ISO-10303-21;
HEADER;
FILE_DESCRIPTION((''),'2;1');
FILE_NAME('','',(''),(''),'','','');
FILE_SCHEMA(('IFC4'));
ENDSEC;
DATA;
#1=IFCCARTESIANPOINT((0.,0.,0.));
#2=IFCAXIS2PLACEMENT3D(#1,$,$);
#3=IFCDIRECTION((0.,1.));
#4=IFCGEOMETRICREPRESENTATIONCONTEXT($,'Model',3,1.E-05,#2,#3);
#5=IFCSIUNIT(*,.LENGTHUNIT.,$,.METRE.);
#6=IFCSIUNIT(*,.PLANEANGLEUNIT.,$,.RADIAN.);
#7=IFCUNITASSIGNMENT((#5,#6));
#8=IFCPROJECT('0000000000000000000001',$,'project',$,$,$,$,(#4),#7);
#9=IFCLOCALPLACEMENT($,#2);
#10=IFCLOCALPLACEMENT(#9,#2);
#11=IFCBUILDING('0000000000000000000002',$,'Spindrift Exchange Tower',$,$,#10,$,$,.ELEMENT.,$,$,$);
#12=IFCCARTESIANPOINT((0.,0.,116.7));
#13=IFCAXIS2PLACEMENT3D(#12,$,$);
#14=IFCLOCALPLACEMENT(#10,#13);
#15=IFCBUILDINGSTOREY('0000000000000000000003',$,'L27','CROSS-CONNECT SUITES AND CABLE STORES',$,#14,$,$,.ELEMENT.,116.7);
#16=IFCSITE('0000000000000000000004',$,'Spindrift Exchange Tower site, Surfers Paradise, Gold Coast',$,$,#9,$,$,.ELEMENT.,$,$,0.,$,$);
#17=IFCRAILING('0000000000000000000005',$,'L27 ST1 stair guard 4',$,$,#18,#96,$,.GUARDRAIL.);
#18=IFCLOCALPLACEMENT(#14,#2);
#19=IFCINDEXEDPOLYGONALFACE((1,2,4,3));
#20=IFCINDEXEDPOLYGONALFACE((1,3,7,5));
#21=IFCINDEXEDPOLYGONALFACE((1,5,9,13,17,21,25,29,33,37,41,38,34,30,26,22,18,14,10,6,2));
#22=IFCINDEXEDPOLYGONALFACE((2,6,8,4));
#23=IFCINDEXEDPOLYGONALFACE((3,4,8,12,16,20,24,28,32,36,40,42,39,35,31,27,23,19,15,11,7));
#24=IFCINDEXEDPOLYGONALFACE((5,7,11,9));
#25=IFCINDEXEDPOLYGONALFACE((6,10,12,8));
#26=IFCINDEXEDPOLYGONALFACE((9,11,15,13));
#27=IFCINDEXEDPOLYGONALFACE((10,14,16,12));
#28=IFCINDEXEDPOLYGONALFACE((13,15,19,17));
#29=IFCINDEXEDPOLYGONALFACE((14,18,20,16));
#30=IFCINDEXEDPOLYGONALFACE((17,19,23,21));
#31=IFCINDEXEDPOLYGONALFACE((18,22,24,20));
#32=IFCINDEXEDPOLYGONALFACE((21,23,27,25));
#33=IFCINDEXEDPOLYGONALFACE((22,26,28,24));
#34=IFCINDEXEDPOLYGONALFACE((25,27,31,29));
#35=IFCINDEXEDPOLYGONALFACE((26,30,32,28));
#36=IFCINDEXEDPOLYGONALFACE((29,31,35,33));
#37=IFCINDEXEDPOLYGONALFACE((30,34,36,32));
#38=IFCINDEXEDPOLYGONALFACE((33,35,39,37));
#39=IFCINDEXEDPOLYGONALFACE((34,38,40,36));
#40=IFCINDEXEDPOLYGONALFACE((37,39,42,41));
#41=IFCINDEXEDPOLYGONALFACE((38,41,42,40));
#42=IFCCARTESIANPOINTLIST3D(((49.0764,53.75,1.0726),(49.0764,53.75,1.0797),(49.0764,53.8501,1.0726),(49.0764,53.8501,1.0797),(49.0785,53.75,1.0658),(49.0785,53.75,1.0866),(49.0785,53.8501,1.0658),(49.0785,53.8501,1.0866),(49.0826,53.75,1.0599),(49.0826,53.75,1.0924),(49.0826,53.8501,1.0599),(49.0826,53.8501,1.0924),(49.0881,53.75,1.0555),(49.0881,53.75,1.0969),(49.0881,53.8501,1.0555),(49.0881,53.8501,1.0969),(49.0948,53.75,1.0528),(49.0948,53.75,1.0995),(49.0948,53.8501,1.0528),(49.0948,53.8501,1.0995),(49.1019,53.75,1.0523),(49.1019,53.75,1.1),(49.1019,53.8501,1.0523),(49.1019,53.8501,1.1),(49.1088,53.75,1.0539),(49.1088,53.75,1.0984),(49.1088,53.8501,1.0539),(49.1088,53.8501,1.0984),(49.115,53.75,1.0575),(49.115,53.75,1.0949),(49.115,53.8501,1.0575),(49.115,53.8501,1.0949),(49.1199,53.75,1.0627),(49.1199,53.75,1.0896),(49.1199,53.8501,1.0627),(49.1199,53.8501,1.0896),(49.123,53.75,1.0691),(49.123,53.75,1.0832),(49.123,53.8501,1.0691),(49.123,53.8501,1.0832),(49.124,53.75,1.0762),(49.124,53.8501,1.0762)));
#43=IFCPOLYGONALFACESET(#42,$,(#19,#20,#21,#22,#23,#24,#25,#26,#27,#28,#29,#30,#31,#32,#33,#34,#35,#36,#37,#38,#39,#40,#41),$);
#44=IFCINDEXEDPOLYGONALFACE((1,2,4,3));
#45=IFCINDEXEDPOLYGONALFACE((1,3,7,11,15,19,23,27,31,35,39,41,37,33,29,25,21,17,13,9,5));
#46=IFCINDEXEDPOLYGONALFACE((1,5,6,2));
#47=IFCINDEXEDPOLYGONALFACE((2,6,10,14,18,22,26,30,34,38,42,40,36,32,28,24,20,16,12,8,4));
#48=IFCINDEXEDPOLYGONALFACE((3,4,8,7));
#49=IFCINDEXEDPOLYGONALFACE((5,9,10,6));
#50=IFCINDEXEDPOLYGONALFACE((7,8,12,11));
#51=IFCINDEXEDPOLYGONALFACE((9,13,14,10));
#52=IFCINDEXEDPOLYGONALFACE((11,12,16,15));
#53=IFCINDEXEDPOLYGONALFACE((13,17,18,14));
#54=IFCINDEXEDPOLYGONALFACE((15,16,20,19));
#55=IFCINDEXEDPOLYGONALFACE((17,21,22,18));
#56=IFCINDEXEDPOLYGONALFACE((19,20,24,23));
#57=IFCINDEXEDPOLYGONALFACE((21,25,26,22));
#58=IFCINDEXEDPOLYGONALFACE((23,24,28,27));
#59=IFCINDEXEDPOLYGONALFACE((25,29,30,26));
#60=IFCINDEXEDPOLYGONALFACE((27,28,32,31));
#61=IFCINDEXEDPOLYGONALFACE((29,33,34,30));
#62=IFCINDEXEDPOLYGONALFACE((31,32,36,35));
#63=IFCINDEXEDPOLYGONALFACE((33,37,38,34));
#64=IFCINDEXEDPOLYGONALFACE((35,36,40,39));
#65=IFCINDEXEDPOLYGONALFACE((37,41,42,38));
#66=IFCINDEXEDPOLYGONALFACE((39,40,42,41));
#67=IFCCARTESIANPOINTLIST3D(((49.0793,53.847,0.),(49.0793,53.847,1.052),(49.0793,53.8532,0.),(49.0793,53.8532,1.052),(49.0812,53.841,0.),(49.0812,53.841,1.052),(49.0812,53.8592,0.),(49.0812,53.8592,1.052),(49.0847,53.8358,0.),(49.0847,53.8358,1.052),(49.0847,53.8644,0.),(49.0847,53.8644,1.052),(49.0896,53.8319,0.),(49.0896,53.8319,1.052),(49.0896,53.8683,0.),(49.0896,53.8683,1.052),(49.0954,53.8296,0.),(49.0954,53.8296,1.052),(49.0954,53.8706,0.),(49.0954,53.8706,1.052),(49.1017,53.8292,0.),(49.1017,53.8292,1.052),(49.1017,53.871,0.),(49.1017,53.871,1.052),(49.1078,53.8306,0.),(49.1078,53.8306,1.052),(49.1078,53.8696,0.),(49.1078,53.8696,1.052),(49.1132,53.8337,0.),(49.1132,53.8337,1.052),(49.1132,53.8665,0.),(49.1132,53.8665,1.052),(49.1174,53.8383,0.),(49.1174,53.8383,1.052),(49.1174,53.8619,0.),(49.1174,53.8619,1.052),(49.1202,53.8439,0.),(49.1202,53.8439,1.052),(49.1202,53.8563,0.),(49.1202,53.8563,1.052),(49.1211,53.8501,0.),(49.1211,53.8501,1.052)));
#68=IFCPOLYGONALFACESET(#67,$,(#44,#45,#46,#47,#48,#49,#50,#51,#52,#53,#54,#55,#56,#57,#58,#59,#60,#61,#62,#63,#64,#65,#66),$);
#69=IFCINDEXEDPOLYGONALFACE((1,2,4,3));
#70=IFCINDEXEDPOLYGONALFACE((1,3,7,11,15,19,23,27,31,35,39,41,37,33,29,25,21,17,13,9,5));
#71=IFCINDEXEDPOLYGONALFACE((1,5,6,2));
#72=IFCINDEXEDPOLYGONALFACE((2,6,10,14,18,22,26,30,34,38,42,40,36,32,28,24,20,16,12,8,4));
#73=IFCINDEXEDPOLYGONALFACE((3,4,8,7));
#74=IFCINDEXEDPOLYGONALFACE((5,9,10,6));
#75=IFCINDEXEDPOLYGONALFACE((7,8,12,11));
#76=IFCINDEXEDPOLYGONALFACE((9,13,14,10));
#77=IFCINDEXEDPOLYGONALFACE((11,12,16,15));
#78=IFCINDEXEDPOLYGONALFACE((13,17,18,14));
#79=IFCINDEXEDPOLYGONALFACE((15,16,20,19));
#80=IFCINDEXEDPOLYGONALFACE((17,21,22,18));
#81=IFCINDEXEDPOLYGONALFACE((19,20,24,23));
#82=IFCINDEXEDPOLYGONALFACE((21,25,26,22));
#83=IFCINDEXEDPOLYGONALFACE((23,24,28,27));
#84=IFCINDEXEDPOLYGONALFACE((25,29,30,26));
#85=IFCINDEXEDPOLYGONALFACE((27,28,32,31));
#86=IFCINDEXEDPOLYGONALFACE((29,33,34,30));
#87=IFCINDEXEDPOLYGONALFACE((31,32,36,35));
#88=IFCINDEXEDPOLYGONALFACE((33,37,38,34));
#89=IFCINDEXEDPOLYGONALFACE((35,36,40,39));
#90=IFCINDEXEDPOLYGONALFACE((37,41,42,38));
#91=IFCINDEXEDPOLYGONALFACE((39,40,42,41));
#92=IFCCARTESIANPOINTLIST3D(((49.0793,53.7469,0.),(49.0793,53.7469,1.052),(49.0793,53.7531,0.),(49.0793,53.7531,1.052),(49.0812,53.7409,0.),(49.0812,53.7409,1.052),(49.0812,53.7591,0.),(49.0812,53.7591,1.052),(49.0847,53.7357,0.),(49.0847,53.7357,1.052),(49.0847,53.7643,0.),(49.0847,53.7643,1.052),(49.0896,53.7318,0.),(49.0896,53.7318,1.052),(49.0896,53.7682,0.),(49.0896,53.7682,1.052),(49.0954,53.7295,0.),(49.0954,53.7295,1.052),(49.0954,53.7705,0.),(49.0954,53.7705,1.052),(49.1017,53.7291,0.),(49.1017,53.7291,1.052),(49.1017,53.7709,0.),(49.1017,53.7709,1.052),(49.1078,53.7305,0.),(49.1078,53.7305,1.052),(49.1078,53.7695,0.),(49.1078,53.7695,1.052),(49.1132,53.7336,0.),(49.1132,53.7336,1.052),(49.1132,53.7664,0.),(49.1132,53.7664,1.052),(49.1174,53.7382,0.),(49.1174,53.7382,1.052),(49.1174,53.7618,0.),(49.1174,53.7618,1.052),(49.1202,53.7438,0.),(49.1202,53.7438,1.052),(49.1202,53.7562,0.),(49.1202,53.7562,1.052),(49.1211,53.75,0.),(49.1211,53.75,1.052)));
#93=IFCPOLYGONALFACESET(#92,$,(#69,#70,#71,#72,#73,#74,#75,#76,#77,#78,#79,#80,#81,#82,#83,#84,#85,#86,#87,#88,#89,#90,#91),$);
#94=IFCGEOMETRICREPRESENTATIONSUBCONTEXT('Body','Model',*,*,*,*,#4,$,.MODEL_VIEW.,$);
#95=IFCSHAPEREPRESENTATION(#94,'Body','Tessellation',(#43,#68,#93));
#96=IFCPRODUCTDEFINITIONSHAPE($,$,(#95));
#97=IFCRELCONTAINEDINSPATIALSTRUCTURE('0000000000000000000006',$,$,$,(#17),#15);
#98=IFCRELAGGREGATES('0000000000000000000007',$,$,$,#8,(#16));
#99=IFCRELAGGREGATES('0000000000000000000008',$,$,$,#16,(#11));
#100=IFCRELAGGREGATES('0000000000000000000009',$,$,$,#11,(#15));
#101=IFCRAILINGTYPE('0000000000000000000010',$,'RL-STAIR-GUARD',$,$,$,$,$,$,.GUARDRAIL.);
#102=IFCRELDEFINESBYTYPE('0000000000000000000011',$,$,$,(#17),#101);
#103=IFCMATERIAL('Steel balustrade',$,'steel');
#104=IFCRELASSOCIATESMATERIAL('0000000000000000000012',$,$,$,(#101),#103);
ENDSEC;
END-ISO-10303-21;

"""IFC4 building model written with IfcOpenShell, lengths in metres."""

from ifc_helpers import new_model, si_unit, direction, frame, origin, origin_2d, place, context, subcontext, project, spatial, circle, extrude, material, type_object, element, save


model = new_model("IFC4")

# Units and contexts
model_context = context("Model", 3, precision=1e-05, world=origin(), true_north=direction((0.0, 1.0)))
body_context = subcontext(model_context, "Body", "Model", "MODEL_VIEW")
ifc_project = project(units=[si_unit("LENGTHUNIT", "METRE"), si_unit("PLANEANGLEUNIT", "RADIAN")], contexts=[model_context])

# Site, building, storey
site_placement = place(None, origin())
site = spatial("IfcSite", under=ifc_project, at=site_placement, Name="Spindrift Exchange Tower site, Surfers Paradise, Gold Coast", CompositionType="ELEMENT", RefElevation=0.0)
building_placement = place(site_placement, origin())
building = spatial("IfcBuilding", under=site, at=building_placement, Name="Spindrift Exchange Tower", CompositionType="ELEMENT")
storey_placement = place(building_placement, frame((0.0, 0.0, 116.7)))
storey = spatial("IfcBuildingStorey", under=building, at=storey_placement, Name="L27", Description="CROSS-CONNECT SUITES AND CABLE STORES", CompositionType="ELEMENT", Elevation=116.7)

# Railing
ifc_material_1 = material(Name="Steel balustrade", Category="steel")
railing_type_1 = type_object("IfcRailingType", Name="RL-STAIR-GUARD", PredefinedType="GUARDRAIL", material=ifc_material_1)
railing_1_placement = place(storey_placement, frame((49.1001, 53.8501, 0.0)))
element("IfcRailing", 1, at=railing_1_placement, inside=storey, type_object=railing_type_1, Name="L27 ST1 stair guard 4", PredefinedType="GUARDRAIL", context=body_context, shape_type="SweptSolid", body=[
    extrude(circle(Radius=0.0239, at=origin_2d()), frame((0.0, 0.0, 1.0762), z_axis=(0.0, -1.0, 0.0), x_axis=(1.0, 0.0, 0.0)), (0.0, 0.0, 1.0), 0.1001),
    extrude(circle(Radius=0.021, at=origin_2d()), origin(), (0.0, 0.0, 1.0), 1.052),
    extrude(circle(Radius=0.021, at=origin_2d()), frame((0.0, -0.1001, 0.0)), (0.0, 0.0, 1.0), 1.052),
])

save(model, "model.ifc")
